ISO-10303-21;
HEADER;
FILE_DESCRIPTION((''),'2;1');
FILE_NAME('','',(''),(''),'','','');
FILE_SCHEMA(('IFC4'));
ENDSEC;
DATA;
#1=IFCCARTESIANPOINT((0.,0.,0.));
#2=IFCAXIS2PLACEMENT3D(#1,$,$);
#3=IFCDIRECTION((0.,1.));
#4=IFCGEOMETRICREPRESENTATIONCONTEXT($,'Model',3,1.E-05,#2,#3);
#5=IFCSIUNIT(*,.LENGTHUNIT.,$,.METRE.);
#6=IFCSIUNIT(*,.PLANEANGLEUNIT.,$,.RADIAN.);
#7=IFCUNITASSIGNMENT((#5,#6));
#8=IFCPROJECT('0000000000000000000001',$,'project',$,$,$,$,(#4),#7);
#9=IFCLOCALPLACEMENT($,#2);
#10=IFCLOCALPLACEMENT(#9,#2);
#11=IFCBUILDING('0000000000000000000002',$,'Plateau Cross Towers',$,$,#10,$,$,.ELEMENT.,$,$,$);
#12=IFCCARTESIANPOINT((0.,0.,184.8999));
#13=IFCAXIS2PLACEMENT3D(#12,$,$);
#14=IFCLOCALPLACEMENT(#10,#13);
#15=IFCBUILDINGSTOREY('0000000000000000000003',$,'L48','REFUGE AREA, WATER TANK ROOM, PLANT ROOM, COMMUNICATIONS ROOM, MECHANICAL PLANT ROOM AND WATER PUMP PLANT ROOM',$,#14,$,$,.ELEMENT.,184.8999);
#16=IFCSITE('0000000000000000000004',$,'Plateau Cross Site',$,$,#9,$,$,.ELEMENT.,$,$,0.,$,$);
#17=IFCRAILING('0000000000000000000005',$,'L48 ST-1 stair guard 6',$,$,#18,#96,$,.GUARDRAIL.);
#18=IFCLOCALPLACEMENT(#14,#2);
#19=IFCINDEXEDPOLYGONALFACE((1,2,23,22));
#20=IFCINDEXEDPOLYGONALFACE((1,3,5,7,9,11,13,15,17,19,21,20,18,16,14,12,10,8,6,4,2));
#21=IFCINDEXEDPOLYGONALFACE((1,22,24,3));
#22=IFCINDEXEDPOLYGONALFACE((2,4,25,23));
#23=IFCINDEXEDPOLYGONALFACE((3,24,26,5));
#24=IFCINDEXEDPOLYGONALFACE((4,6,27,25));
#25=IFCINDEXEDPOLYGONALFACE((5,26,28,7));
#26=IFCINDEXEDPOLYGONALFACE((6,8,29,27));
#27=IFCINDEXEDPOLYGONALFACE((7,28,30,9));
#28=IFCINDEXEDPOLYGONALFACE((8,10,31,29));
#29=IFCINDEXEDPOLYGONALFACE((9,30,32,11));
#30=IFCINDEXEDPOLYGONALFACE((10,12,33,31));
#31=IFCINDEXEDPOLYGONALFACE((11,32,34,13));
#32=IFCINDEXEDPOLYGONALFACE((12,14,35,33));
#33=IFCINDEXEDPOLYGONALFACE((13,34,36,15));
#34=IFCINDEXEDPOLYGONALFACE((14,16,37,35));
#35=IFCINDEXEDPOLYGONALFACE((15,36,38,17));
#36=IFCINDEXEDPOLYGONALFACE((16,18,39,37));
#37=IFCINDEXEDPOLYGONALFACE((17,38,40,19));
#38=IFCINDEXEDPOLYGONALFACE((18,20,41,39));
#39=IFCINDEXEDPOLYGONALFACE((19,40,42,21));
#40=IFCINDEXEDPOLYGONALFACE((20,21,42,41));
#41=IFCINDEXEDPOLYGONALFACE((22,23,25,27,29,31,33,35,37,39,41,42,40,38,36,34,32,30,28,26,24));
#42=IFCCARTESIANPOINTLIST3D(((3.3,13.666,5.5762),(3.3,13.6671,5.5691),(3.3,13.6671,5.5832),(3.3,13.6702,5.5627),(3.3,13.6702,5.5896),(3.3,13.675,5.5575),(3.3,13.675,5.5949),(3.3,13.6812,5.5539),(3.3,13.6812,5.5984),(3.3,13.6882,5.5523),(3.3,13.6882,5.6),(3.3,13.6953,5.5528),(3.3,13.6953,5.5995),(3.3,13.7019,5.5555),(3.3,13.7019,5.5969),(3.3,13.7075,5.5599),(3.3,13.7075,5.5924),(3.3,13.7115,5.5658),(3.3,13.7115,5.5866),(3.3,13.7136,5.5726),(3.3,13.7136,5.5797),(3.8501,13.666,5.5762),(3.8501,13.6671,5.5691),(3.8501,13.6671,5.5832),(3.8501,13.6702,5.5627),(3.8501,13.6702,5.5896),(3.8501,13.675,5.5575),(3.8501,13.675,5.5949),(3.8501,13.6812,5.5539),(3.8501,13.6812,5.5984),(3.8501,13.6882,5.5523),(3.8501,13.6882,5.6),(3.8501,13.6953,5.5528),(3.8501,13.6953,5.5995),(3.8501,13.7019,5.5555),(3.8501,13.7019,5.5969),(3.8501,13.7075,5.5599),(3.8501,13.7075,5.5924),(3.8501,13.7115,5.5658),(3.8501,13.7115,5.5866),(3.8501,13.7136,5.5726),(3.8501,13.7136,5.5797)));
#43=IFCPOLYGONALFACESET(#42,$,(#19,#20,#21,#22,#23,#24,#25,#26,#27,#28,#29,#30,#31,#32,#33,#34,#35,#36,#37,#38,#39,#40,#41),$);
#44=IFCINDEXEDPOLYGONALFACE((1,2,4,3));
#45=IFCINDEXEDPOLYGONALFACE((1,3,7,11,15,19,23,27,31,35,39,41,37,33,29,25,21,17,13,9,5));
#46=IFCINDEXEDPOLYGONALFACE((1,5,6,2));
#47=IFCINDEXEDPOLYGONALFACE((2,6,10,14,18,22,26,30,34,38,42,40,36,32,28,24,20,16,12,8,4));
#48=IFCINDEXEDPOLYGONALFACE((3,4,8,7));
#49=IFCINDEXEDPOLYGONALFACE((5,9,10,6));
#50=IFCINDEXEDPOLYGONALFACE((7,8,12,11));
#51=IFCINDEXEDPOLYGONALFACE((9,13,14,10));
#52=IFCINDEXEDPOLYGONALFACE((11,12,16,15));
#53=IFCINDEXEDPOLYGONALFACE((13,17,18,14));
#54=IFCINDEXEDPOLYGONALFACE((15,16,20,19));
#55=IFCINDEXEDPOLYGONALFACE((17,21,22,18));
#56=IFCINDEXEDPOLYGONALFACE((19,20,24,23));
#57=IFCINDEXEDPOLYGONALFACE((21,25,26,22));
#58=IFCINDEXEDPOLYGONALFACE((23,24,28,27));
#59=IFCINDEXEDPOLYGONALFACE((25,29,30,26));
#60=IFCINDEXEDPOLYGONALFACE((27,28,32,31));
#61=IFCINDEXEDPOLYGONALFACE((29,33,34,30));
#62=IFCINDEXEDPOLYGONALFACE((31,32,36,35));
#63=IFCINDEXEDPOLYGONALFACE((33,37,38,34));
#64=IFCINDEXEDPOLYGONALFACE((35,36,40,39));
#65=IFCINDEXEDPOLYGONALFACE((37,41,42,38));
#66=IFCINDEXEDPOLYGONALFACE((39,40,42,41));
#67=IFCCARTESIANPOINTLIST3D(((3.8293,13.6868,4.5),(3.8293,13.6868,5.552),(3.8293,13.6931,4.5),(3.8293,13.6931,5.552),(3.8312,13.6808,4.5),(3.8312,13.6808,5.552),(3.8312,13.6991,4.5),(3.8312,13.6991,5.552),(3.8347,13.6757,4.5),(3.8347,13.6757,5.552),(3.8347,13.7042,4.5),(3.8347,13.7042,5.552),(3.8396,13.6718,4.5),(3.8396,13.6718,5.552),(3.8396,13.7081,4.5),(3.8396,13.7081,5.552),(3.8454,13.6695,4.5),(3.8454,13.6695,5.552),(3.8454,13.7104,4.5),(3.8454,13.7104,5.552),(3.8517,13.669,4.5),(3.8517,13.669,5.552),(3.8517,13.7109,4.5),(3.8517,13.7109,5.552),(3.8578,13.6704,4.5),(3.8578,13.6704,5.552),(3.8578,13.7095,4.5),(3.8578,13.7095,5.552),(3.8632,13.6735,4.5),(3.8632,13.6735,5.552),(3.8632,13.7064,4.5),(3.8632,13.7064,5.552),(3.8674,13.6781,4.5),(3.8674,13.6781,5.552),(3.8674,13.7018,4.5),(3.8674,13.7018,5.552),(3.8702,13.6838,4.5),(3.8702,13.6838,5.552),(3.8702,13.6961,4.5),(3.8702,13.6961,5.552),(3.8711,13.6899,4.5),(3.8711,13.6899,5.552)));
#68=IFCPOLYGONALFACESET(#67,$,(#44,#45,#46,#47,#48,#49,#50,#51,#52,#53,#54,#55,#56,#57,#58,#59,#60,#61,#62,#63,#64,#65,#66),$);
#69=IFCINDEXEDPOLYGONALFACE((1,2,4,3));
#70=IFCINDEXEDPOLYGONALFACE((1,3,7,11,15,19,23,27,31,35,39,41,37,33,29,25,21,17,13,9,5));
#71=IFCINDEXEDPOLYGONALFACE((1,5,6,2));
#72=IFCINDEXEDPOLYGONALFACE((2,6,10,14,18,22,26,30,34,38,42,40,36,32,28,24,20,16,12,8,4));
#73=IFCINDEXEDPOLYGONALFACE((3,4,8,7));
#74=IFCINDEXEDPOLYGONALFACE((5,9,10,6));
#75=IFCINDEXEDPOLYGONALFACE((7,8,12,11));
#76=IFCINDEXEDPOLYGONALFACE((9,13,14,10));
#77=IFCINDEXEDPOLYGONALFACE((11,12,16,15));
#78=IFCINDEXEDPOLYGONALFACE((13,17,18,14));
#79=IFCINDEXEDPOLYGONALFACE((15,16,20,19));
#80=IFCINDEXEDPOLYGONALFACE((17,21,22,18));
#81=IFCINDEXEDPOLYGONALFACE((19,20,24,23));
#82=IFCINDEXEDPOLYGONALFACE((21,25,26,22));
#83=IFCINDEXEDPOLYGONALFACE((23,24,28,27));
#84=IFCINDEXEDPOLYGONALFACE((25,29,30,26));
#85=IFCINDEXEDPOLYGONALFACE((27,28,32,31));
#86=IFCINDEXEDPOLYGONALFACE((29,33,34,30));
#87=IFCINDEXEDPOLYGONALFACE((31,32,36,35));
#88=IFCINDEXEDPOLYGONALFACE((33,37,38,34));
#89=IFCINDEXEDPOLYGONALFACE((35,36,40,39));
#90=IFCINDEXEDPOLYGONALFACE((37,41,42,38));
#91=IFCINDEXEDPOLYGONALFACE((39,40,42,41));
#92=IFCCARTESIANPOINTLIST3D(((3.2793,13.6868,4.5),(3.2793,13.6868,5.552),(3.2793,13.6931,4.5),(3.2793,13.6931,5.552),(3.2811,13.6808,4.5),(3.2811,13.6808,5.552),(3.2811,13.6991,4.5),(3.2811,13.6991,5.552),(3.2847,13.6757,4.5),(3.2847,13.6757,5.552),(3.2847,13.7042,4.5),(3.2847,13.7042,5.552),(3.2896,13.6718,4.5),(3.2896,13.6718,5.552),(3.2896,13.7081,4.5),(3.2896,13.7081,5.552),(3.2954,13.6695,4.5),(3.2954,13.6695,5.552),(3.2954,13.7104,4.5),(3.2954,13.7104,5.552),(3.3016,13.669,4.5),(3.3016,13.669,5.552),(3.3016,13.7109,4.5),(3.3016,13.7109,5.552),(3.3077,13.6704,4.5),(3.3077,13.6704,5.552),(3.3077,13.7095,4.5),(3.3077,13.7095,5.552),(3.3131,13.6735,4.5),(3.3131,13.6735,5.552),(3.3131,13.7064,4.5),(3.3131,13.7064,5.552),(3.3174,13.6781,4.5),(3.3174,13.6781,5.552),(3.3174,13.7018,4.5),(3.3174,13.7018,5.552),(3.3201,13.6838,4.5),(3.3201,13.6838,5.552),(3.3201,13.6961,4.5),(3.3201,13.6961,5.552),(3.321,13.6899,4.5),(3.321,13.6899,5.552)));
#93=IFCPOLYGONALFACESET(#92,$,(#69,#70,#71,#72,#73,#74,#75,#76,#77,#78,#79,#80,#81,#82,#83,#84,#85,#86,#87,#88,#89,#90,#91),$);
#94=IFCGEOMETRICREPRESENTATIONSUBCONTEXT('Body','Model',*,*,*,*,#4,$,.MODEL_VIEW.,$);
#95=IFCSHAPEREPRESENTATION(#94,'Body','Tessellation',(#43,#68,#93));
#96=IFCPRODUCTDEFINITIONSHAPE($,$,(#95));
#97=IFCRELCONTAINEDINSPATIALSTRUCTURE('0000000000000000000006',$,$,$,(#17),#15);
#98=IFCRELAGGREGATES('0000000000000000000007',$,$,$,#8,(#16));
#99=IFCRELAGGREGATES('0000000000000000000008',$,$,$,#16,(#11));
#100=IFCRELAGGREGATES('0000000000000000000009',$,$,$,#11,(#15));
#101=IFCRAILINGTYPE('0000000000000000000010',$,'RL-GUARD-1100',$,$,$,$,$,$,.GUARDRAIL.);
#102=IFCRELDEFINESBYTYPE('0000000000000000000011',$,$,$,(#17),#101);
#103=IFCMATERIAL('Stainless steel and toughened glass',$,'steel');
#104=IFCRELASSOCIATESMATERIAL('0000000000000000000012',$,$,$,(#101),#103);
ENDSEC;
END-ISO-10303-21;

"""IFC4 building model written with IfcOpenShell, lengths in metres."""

from ifc_helpers import new_model, si_unit, direction, frame, origin, origin_2d, place, context, subcontext, project, spatial, circle, extrude, material, type_object, element, save


model = new_model("IFC4")

# Units and contexts
model_context = context("Model", 3, precision=1e-05, world=origin(), true_north=direction((0.0, 1.0)))
body_context = subcontext(model_context, "Body", "Model", "MODEL_VIEW")
ifc_project = project(units=[si_unit("LENGTHUNIT", "METRE"), si_unit("PLANEANGLEUNIT", "RADIAN")], contexts=[model_context])

# Site, building, storey
site_placement = place(None, origin())
site = spatial("IfcSite", under=ifc_project, at=site_placement, Name="Plateau Cross Site", CompositionType="ELEMENT", RefElevation=0.0)
building_placement = place(site_placement, origin())
building = spatial("IfcBuilding", under=site, at=building_placement, Name="Plateau Cross Towers", CompositionType="ELEMENT")
storey_placement = place(building_placement, frame((0.0, 0.0, 184.8999)))
storey = spatial("IfcBuildingStorey", under=building, at=storey_placement, Name="L48", Description="REFUGE AREA, WATER TANK ROOM, PLANT ROOM, COMMUNICATIONS ROOM, MECHANICAL PLANT ROOM AND WATER PUMP PLANT ROOM", CompositionType="ELEMENT", Elevation=184.8999)

# Railing
ifc_material_1 = material(Name="Stainless steel and toughened glass", Category="steel")
railing_type_1 = type_object("IfcRailingType", Name="RL-GUARD-1100", PredefinedType="GUARDRAIL", material=ifc_material_1)
railing_1_placement = place(storey_placement, frame((3.8501, 13.6899, 4.5)))
element("IfcRailing", 1, at=railing_1_placement, inside=storey, type_object=railing_type_1, Name="L48 ST-1 stair guard 6", PredefinedType="GUARDRAIL", context=body_context, shape_type="SweptSolid", body=[
    extrude(circle(Radius=0.0239, at=origin_2d()), frame((0.0, 0.0, 1.0762), z_axis=(-1.0, 0.0, 0.0), x_axis=(0.0, -1.0, 0.0)), (0.0, 0.0, 1.0), 0.55),
    extrude(circle(Radius=0.021, at=origin_2d()), origin(), (0.0, 0.0, 1.0), 1.052),
    extrude(circle(Radius=0.021, at=origin_2d()), frame((-0.55, 0.0, 0.0)), (0.0, 0.0, 1.0), 1.052),
])

save(model, "model.ifc")
